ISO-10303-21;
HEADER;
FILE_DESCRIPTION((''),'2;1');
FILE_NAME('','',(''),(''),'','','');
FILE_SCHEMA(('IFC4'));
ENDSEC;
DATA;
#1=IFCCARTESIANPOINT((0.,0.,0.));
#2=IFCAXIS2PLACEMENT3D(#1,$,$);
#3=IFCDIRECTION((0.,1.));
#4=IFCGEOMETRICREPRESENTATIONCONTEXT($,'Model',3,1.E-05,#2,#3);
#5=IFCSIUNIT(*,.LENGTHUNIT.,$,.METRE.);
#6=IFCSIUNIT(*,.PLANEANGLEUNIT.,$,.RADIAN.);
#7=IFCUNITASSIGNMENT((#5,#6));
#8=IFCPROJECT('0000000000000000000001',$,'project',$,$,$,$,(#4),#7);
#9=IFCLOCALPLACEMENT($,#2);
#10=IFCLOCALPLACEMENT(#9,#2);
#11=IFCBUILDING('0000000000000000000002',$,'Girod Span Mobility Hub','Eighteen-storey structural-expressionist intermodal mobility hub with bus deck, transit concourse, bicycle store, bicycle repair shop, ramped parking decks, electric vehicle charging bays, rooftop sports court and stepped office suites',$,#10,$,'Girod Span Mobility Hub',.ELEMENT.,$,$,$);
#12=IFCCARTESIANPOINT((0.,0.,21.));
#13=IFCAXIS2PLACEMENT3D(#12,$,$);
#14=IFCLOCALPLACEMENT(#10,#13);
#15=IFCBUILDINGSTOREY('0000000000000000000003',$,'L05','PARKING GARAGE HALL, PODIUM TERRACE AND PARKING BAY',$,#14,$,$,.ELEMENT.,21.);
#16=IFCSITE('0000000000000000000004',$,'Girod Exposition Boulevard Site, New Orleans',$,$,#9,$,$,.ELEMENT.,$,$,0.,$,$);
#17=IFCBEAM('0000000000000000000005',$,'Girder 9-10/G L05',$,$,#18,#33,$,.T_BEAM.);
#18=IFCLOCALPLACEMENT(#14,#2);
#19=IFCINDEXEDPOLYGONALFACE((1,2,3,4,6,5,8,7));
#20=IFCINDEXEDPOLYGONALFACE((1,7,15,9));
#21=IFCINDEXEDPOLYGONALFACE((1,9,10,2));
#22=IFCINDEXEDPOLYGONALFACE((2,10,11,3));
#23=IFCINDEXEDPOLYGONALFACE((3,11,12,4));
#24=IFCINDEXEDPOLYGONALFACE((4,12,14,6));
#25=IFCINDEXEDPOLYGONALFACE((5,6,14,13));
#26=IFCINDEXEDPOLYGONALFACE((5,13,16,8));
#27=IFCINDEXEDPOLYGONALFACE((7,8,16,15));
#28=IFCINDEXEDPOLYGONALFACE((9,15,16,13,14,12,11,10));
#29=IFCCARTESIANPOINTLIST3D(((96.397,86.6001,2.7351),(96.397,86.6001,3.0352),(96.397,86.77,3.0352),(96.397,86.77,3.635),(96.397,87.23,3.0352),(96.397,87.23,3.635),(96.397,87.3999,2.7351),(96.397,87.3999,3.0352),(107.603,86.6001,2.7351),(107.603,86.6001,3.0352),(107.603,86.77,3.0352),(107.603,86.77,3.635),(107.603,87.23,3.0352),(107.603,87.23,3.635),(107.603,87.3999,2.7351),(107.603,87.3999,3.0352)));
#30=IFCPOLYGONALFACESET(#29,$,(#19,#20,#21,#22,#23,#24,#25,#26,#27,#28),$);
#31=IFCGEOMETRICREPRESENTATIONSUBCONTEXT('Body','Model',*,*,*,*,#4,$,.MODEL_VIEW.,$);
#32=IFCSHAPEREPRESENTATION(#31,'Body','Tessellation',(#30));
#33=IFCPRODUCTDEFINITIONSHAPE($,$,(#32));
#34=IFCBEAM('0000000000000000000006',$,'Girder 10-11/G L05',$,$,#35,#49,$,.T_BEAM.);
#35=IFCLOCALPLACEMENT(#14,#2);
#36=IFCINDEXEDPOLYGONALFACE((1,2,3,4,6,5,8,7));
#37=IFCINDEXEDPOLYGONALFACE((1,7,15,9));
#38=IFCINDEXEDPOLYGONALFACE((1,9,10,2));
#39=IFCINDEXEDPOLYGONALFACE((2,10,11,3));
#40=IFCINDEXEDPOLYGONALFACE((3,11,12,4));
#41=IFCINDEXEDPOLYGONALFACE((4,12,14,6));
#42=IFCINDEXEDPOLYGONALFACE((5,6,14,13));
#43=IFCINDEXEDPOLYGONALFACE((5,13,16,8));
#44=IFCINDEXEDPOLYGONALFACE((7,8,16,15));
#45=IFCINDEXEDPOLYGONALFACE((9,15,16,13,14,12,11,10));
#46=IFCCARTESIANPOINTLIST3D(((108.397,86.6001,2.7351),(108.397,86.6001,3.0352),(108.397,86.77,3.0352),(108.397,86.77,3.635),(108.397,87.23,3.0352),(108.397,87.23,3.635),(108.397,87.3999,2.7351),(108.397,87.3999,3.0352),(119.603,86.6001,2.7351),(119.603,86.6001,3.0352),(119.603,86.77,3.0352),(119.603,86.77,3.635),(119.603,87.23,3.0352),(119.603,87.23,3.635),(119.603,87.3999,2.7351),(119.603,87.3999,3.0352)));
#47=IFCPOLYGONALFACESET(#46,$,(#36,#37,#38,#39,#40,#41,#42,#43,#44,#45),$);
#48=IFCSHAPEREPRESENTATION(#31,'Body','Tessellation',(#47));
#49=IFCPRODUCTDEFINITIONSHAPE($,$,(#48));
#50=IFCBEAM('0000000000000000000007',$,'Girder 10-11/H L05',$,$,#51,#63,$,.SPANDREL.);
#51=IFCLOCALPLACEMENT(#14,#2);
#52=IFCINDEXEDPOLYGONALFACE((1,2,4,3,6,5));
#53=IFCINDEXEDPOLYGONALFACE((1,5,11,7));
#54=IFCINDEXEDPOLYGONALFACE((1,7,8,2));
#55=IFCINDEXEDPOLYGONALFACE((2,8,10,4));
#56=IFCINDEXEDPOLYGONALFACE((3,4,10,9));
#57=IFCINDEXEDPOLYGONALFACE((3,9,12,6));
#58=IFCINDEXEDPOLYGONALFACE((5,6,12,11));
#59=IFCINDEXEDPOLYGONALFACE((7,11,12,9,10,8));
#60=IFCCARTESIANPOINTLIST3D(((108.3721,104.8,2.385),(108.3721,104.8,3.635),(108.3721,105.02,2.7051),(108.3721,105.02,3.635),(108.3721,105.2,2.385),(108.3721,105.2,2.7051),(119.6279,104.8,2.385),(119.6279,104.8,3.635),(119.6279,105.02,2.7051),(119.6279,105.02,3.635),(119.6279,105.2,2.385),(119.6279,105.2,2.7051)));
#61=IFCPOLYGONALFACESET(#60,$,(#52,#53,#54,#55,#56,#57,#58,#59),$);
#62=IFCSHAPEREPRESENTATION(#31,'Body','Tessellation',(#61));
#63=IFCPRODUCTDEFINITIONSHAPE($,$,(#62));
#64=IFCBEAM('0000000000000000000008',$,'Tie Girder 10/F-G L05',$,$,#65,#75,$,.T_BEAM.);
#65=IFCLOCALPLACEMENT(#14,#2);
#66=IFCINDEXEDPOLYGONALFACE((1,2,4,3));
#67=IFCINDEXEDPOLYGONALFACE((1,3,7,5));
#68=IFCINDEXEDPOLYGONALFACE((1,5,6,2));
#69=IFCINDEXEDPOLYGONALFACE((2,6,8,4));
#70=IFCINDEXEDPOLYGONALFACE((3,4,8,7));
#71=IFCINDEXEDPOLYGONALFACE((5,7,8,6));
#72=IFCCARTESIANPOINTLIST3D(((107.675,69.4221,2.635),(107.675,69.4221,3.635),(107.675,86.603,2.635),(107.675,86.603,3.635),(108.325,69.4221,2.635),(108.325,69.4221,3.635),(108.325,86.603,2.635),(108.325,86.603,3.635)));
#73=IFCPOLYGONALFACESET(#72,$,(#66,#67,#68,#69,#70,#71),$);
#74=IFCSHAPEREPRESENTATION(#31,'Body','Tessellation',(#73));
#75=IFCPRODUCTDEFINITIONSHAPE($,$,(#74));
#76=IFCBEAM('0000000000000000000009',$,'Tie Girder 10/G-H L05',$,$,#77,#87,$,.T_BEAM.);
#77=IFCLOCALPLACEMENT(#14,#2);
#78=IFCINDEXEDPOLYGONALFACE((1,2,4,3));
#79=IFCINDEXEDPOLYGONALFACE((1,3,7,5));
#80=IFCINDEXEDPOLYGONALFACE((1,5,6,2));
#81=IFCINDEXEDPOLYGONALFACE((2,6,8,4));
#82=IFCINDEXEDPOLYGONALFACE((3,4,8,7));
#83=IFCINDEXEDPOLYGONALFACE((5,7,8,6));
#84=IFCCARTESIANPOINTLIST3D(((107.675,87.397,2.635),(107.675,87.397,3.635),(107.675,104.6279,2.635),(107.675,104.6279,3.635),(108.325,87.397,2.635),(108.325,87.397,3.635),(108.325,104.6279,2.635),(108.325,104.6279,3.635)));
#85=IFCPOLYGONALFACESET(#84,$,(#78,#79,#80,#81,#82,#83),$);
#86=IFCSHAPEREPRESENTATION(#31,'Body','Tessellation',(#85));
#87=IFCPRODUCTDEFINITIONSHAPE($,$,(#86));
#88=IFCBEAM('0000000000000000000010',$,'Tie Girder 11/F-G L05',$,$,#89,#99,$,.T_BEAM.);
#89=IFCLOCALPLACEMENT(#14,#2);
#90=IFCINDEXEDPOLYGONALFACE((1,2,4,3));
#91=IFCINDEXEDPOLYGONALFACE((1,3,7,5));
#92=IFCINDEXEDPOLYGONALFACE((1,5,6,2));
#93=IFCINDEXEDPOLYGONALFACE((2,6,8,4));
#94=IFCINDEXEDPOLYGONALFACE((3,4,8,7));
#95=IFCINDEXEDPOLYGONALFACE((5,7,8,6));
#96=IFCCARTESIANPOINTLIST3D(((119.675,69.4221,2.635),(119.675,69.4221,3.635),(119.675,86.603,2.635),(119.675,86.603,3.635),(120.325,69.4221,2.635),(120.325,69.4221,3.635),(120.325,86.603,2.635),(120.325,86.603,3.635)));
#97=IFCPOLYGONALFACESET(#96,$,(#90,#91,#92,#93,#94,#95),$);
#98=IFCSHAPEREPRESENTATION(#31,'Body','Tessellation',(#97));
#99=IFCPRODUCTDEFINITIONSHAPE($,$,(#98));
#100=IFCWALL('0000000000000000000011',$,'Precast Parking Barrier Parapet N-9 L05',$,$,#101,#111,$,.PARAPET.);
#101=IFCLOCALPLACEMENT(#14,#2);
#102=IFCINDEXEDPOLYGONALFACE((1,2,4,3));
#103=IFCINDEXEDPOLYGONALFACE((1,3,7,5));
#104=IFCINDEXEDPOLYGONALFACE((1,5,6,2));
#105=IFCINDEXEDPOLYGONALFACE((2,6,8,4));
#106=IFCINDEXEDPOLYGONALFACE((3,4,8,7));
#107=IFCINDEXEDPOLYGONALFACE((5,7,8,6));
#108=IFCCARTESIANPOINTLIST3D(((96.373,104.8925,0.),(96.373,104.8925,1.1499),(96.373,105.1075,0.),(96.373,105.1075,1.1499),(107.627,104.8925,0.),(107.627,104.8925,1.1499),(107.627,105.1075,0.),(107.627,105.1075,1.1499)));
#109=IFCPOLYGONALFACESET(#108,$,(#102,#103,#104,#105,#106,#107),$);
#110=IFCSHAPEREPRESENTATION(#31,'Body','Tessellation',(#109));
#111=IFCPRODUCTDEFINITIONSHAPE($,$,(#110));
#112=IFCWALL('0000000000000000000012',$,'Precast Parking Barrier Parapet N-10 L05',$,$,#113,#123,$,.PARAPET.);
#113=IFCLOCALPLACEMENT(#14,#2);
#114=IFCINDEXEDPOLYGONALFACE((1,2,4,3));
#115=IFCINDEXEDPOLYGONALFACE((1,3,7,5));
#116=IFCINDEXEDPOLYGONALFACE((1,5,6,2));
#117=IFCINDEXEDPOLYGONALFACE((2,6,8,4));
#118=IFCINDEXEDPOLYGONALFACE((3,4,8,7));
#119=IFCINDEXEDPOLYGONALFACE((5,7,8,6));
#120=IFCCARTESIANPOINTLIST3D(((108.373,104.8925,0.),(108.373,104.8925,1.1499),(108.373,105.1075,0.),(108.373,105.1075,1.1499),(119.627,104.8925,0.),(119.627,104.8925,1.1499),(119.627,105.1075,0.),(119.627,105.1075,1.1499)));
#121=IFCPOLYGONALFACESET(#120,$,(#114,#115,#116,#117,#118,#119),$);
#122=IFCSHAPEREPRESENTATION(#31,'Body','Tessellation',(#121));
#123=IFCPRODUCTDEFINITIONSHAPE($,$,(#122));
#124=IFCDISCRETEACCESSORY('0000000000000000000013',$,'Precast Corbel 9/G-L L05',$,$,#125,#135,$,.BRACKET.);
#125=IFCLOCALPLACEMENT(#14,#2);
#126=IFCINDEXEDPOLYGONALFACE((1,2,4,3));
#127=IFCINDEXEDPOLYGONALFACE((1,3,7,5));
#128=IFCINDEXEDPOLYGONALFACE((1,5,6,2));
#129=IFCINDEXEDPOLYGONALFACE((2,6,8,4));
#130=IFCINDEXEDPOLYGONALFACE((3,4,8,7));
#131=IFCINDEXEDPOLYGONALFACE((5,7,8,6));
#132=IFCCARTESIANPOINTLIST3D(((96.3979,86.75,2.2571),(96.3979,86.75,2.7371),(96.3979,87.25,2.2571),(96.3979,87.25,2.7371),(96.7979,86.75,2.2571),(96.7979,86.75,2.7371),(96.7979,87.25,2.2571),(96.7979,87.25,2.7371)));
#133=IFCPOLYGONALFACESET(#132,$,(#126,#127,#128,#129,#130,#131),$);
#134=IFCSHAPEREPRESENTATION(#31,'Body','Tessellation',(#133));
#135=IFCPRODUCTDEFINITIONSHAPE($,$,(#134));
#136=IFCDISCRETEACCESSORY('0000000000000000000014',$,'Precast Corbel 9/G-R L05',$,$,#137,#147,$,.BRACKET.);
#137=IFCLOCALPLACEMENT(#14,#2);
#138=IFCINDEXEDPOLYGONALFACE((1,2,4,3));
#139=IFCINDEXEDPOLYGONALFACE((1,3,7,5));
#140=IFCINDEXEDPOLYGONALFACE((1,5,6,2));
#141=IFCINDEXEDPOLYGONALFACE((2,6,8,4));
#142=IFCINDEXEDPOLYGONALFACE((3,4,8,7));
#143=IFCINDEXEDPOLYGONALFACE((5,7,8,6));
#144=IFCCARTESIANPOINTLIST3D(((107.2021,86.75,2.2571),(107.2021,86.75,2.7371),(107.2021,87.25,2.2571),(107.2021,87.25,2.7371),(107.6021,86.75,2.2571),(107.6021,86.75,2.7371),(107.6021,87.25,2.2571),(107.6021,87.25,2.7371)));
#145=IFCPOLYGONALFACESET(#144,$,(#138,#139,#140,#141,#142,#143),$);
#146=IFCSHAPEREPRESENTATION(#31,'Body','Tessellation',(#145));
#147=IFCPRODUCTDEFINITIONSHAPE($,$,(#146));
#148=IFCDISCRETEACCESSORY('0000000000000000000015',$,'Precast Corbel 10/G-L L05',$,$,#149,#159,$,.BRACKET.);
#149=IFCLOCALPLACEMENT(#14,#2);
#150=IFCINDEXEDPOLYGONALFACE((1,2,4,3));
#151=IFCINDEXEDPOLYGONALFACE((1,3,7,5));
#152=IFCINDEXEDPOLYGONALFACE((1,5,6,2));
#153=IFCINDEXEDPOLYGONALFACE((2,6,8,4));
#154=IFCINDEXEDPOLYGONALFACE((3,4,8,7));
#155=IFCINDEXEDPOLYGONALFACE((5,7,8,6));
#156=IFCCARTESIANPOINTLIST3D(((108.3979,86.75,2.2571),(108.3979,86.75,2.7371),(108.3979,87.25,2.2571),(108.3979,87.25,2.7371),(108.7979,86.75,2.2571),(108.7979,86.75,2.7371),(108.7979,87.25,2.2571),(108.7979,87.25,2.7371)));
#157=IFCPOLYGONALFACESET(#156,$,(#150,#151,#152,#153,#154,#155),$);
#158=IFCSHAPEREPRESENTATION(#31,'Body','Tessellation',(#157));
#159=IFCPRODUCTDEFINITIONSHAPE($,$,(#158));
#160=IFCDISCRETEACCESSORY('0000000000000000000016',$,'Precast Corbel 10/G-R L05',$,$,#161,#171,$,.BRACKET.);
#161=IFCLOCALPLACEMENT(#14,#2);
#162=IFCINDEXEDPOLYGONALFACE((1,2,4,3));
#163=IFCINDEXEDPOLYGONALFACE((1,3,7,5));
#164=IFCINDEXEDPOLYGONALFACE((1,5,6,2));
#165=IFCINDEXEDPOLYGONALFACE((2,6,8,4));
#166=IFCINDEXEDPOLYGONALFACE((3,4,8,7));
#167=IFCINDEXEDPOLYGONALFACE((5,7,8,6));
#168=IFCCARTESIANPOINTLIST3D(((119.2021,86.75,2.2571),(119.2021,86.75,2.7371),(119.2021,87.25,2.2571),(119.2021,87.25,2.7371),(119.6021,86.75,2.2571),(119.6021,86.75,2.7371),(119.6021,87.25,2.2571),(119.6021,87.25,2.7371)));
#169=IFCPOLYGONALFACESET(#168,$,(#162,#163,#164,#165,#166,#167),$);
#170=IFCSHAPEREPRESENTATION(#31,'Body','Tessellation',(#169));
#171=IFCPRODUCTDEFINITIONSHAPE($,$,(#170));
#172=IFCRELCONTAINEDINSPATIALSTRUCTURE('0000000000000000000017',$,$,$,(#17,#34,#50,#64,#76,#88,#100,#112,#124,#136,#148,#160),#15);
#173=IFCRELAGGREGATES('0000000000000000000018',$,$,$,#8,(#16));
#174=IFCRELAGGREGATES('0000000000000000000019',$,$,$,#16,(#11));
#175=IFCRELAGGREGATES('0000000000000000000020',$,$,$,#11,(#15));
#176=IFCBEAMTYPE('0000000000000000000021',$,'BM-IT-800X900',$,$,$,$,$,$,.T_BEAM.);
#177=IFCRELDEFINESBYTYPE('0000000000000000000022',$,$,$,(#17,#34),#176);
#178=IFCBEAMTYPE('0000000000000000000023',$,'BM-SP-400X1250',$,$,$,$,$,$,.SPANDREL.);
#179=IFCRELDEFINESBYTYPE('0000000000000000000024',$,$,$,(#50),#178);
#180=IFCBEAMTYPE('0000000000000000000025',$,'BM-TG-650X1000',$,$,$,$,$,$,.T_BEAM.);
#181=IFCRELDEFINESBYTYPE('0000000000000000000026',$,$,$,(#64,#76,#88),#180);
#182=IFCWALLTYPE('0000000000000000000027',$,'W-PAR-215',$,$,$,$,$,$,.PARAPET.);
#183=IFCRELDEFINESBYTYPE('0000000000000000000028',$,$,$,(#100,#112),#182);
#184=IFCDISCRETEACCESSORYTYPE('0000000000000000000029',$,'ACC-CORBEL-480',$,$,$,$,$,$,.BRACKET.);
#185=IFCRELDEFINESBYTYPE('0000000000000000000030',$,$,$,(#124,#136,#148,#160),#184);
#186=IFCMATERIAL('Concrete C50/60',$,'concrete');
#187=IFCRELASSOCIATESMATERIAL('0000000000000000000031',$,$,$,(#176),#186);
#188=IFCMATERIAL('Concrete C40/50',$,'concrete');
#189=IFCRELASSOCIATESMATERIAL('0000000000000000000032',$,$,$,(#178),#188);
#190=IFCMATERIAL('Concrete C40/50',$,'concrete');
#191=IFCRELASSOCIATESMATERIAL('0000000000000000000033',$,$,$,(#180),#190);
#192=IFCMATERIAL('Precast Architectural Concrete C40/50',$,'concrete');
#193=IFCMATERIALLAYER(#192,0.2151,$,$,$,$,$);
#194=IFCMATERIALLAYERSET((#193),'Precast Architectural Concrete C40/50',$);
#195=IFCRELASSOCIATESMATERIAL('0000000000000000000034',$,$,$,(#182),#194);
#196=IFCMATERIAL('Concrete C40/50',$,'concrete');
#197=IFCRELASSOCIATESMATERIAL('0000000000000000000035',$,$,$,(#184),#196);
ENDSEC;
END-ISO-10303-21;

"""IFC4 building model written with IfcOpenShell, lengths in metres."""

from ifc_helpers import new_model, si_unit, direction, frame, frame_2d, origin, origin_2d, place, context, subcontext, project, spatial, polyline, rectangle, outline, extrude, material, layer, layer_set, material_profile, profile_set, type_object, element, save


model = new_model("IFC4")

# Units and contexts
model_context = context("Model", 3, precision=1e-05, world=origin(), true_north=direction((0.0, 1.0)))
body_context = subcontext(model_context, "Body", "Model", "MODEL_VIEW")
ifc_project = project(units=[si_unit("LENGTHUNIT", "METRE"), si_unit("PLANEANGLEUNIT", "RADIAN")], contexts=[model_context])

# Site, building, storey
site_placement = place(None, origin())
site = spatial("IfcSite", under=ifc_project, at=site_placement, Name="Girod Exposition Boulevard Site, New Orleans", CompositionType="ELEMENT", RefElevation=0.0)
building_placement = place(site_placement, origin())
building = spatial("IfcBuilding", under=site, at=building_placement, Name="Girod Span Mobility Hub", Description="Eighteen-storey structural-expressionist intermodal mobility hub with bus deck, transit concourse, bicycle store, bicycle repair shop, ramped parking decks, electric vehicle charging bays, rooftop sports court and stepped office suites", LongName="Girod Span Mobility Hub", CompositionType="ELEMENT")
storey_placement = place(building_placement, frame((0.0, 0.0, 21.0)))
storey = spatial("IfcBuildingStorey", under=building, at=storey_placement, Name="L05", Description="PARKING GARAGE HALL, PODIUM TERRACE AND PARKING BAY", CompositionType="ELEMENT", Elevation=21.0)

# Beams
ifc_material_1 = material(Name="Concrete C50/60", Category="concrete")
ifc_material_profile_1 = material_profile(ifc_material_1, outline(polyline([(-0.3999, -0.45), (0.3999, -0.45), (0.3999, -0.1499), (0.23, -0.1499), (0.23, 0.45), (-0.23, 0.45), (-0.23, -0.1499), (-0.3999, -0.1499), (-0.3999, -0.45)])), Name="IT-800X900")
ifc_profile_set_1 = profile_set([ifc_material_profile_1], Name="Concrete C50/60")
beam_type_1 = type_object("IfcBeamType", Name="BM-IT-800X900", PredefinedType="T_BEAM", material=ifc_profile_set_1)
for number, where, z_axis, x_axis, name in (
    (1, (96.397, 87.0, 3.1851), (1.0, 0.0, 0.0), (0.0, 1.0, 0.0), "Girder 9-10/G L05"),
    (2, (108.397, 87.0, 3.1851), (1.0, 0.0, 0.0), (0.0, 1.0, 0.0), "Girder 10-11/G L05"),
):
    element("IfcBeam", number, at=place(storey_placement, frame(where, z_axis=z_axis, x_axis=x_axis)), inside=storey, type_object=beam_type_1, Name=name, PredefinedType="T_BEAM", context=body_context, shape_type="SweptSolid", body=[
        extrude(outline(polyline([(-0.3999, -0.45), (0.3999, -0.45), (0.3999, -0.1499), (0.23, -0.1499), (0.23, 0.45), (-0.23, 0.45), (-0.23, -0.1499), (-0.3999, -0.1499), (-0.3999, -0.45)])), origin(), (0.0, 0.0, 1.0), 11.2061),
    ])
ifc_material_2 = material(Name="Concrete C40/50", Category="concrete")
ifc_material_profile_2 = material_profile(ifc_material_2, outline(polyline([(-0.2, -0.625), (0.2, -0.625), (0.2, -0.3049), (0.02, -0.3049), (0.02, 0.625), (-0.2, 0.625), (-0.2, -0.625)])), Name="SP-400X1250")
ifc_profile_set_2 = profile_set([ifc_material_profile_2], Name="Concrete C40/50")
beam_type_2 = type_object("IfcBeamType", Name="BM-SP-400X1250", PredefinedType="SPANDREL", material=ifc_profile_set_2)
beam_1_placement = place(storey_placement, frame((108.3721, 105.0, 3.01), z_axis=(1.0, 0.0, 0.0), x_axis=(0.0, 1.0, 0.0)))
element("IfcBeam", 3, at=beam_1_placement, inside=storey, type_object=beam_type_2, Name="Girder 10-11/H L05", PredefinedType="SPANDREL", context=body_context, shape_type="SweptSolid", body=[
    extrude(outline(polyline([(-0.2, -0.625), (0.2, -0.625), (0.2, -0.3049), (0.02, -0.3049), (0.02, 0.625), (-0.2, 0.625), (-0.2, -0.625)])), origin(), (0.0, 0.0, 1.0), 11.2559),
])
ifc_material_3 = material(Name="Concrete C40/50", Category="concrete")
ifc_material_profile_3 = material_profile(ifc_material_3, rectangle(XDim=0.6499, YDim=1.0, at=origin_2d()), Name="TG-650X1000")
ifc_profile_set_3 = profile_set([ifc_material_profile_3], Name="Concrete C40/50")
beam_type_3 = type_object("IfcBeamType", Name="BM-TG-650X1000", PredefinedType="T_BEAM", material=ifc_profile_set_3)
beam_2_placement = place(storey_placement, frame((108.0, 69.4221, 3.135), z_axis=(0.0, 1.0, 0.0), x_axis=(-1.0, 0.0, 0.0)))
element("IfcBeam", 4, at=beam_2_placement, inside=storey, type_object=beam_type_3, Name="Tie Girder 10/F-G L05", PredefinedType="T_BEAM", context=body_context, shape_type="SweptSolid", body=[
    extrude(rectangle(XDim=0.6499, YDim=1.0, at=origin_2d()), origin(), (0.0, 0.0, 1.0), 17.1809),
])
beam_3_placement = place(storey_placement, frame((108.0, 87.397, 3.135), z_axis=(0.0, 1.0, 0.0), x_axis=(-1.0, 0.0, 0.0)))
element("IfcBeam", 5, at=beam_3_placement, inside=storey, type_object=beam_type_3, Name="Tie Girder 10/G-H L05", PredefinedType="T_BEAM", context=body_context, shape_type="SweptSolid", body=[
    extrude(rectangle(XDim=0.6499, YDim=1.0, at=origin_2d()), origin(), (0.0, 0.0, 1.0), 17.231),
])
beam_4_placement = place(storey_placement, frame((120.0, 69.4221, 3.135), z_axis=(0.0, 1.0, 0.0), x_axis=(-1.0, 0.0, 0.0)))
element("IfcBeam", 6, at=beam_4_placement, inside=storey, type_object=beam_type_3, Name="Tie Girder 11/F-G L05", PredefinedType="T_BEAM", context=body_context, shape_type="SweptSolid", body=[
    extrude(rectangle(XDim=0.6499, YDim=1.0, at=origin_2d()), origin(), (0.0, 0.0, 1.0), 17.1809),
])

# Walls
ifc_material_4 = material(Name="Precast Architectural Concrete C40/50", Category="concrete")
ifc_layer = layer(ifc_material_4, 0.2151)
ifc_layer_set = layer_set([ifc_layer], Name="Precast Architectural Concrete C40/50")
wall_type = type_object("IfcWallType", Name="W-PAR-215", PredefinedType="PARAPET", material=ifc_layer_set)
for number, where, z_axis, x_axis, name in (
    (7, (96.373, 105.0, 0.0), (0.0, 0.0, 1.0), (1.0, 0.0, 0.0), "Precast Parking Barrier Parapet N-9 L05"),
    (8, (108.373, 105.0, 0.0), (0.0, 0.0, 1.0), (1.0, 0.0, 0.0), "Precast Parking Barrier Parapet N-10 L05"),
):
    element("IfcWall", number, at=place(storey_placement, frame(where, z_axis=z_axis, x_axis=x_axis)), inside=storey, type_object=wall_type, Name=name, PredefinedType="PARAPET", context=body_context, shape_type="SweptSolid", body=[
        extrude(rectangle(XDim=11.2539, YDim=0.2151, at=frame_2d((5.627, 0.0))), origin(), (0.0, 0.0, 1.0), 1.1499),
    ])

# Discrete accessories
ifc_material_5 = material(Name="Concrete C40/50", Category="concrete")
discrete_accessory_type = type_object("IfcDiscreteAccessoryType", Name="ACC-CORBEL-480", PredefinedType="BRACKET", material=ifc_material_5)
for number, where, z_axis, x_axis, name in (
    (9, (96.5979, 87.0, 2.2571), (0.0, 0.0, 1.0), (1.0, 0.0, 0.0), "Precast Corbel 9/G-L L05"),
    (10, (107.4021, 87.0, 2.2571), (0.0, 0.0, 1.0), (1.0, 0.0, 0.0), "Precast Corbel 9/G-R L05"),
    (11, (108.5979, 87.0, 2.2571), (0.0, 0.0, 1.0), (1.0, 0.0, 0.0), "Precast Corbel 10/G-L L05"),
    (12, (119.4021, 87.0, 2.2571), (0.0, 0.0, 1.0), (1.0, 0.0, 0.0), "Precast Corbel 10/G-R L05"),
):
    element("IfcDiscreteAccessory", number, at=place(storey_placement, frame(where, z_axis=z_axis, x_axis=x_axis)), inside=storey, type_object=discrete_accessory_type, Name=name, PredefinedType="BRACKET", context=body_context, shape_type="SweptSolid", body=[
        extrude(rectangle(XDim=0.3999, YDim=0.5, at=origin_2d()), origin(), (0.0, 0.0, 1.0), 0.48),
    ])

save(model, "model.ifc")
